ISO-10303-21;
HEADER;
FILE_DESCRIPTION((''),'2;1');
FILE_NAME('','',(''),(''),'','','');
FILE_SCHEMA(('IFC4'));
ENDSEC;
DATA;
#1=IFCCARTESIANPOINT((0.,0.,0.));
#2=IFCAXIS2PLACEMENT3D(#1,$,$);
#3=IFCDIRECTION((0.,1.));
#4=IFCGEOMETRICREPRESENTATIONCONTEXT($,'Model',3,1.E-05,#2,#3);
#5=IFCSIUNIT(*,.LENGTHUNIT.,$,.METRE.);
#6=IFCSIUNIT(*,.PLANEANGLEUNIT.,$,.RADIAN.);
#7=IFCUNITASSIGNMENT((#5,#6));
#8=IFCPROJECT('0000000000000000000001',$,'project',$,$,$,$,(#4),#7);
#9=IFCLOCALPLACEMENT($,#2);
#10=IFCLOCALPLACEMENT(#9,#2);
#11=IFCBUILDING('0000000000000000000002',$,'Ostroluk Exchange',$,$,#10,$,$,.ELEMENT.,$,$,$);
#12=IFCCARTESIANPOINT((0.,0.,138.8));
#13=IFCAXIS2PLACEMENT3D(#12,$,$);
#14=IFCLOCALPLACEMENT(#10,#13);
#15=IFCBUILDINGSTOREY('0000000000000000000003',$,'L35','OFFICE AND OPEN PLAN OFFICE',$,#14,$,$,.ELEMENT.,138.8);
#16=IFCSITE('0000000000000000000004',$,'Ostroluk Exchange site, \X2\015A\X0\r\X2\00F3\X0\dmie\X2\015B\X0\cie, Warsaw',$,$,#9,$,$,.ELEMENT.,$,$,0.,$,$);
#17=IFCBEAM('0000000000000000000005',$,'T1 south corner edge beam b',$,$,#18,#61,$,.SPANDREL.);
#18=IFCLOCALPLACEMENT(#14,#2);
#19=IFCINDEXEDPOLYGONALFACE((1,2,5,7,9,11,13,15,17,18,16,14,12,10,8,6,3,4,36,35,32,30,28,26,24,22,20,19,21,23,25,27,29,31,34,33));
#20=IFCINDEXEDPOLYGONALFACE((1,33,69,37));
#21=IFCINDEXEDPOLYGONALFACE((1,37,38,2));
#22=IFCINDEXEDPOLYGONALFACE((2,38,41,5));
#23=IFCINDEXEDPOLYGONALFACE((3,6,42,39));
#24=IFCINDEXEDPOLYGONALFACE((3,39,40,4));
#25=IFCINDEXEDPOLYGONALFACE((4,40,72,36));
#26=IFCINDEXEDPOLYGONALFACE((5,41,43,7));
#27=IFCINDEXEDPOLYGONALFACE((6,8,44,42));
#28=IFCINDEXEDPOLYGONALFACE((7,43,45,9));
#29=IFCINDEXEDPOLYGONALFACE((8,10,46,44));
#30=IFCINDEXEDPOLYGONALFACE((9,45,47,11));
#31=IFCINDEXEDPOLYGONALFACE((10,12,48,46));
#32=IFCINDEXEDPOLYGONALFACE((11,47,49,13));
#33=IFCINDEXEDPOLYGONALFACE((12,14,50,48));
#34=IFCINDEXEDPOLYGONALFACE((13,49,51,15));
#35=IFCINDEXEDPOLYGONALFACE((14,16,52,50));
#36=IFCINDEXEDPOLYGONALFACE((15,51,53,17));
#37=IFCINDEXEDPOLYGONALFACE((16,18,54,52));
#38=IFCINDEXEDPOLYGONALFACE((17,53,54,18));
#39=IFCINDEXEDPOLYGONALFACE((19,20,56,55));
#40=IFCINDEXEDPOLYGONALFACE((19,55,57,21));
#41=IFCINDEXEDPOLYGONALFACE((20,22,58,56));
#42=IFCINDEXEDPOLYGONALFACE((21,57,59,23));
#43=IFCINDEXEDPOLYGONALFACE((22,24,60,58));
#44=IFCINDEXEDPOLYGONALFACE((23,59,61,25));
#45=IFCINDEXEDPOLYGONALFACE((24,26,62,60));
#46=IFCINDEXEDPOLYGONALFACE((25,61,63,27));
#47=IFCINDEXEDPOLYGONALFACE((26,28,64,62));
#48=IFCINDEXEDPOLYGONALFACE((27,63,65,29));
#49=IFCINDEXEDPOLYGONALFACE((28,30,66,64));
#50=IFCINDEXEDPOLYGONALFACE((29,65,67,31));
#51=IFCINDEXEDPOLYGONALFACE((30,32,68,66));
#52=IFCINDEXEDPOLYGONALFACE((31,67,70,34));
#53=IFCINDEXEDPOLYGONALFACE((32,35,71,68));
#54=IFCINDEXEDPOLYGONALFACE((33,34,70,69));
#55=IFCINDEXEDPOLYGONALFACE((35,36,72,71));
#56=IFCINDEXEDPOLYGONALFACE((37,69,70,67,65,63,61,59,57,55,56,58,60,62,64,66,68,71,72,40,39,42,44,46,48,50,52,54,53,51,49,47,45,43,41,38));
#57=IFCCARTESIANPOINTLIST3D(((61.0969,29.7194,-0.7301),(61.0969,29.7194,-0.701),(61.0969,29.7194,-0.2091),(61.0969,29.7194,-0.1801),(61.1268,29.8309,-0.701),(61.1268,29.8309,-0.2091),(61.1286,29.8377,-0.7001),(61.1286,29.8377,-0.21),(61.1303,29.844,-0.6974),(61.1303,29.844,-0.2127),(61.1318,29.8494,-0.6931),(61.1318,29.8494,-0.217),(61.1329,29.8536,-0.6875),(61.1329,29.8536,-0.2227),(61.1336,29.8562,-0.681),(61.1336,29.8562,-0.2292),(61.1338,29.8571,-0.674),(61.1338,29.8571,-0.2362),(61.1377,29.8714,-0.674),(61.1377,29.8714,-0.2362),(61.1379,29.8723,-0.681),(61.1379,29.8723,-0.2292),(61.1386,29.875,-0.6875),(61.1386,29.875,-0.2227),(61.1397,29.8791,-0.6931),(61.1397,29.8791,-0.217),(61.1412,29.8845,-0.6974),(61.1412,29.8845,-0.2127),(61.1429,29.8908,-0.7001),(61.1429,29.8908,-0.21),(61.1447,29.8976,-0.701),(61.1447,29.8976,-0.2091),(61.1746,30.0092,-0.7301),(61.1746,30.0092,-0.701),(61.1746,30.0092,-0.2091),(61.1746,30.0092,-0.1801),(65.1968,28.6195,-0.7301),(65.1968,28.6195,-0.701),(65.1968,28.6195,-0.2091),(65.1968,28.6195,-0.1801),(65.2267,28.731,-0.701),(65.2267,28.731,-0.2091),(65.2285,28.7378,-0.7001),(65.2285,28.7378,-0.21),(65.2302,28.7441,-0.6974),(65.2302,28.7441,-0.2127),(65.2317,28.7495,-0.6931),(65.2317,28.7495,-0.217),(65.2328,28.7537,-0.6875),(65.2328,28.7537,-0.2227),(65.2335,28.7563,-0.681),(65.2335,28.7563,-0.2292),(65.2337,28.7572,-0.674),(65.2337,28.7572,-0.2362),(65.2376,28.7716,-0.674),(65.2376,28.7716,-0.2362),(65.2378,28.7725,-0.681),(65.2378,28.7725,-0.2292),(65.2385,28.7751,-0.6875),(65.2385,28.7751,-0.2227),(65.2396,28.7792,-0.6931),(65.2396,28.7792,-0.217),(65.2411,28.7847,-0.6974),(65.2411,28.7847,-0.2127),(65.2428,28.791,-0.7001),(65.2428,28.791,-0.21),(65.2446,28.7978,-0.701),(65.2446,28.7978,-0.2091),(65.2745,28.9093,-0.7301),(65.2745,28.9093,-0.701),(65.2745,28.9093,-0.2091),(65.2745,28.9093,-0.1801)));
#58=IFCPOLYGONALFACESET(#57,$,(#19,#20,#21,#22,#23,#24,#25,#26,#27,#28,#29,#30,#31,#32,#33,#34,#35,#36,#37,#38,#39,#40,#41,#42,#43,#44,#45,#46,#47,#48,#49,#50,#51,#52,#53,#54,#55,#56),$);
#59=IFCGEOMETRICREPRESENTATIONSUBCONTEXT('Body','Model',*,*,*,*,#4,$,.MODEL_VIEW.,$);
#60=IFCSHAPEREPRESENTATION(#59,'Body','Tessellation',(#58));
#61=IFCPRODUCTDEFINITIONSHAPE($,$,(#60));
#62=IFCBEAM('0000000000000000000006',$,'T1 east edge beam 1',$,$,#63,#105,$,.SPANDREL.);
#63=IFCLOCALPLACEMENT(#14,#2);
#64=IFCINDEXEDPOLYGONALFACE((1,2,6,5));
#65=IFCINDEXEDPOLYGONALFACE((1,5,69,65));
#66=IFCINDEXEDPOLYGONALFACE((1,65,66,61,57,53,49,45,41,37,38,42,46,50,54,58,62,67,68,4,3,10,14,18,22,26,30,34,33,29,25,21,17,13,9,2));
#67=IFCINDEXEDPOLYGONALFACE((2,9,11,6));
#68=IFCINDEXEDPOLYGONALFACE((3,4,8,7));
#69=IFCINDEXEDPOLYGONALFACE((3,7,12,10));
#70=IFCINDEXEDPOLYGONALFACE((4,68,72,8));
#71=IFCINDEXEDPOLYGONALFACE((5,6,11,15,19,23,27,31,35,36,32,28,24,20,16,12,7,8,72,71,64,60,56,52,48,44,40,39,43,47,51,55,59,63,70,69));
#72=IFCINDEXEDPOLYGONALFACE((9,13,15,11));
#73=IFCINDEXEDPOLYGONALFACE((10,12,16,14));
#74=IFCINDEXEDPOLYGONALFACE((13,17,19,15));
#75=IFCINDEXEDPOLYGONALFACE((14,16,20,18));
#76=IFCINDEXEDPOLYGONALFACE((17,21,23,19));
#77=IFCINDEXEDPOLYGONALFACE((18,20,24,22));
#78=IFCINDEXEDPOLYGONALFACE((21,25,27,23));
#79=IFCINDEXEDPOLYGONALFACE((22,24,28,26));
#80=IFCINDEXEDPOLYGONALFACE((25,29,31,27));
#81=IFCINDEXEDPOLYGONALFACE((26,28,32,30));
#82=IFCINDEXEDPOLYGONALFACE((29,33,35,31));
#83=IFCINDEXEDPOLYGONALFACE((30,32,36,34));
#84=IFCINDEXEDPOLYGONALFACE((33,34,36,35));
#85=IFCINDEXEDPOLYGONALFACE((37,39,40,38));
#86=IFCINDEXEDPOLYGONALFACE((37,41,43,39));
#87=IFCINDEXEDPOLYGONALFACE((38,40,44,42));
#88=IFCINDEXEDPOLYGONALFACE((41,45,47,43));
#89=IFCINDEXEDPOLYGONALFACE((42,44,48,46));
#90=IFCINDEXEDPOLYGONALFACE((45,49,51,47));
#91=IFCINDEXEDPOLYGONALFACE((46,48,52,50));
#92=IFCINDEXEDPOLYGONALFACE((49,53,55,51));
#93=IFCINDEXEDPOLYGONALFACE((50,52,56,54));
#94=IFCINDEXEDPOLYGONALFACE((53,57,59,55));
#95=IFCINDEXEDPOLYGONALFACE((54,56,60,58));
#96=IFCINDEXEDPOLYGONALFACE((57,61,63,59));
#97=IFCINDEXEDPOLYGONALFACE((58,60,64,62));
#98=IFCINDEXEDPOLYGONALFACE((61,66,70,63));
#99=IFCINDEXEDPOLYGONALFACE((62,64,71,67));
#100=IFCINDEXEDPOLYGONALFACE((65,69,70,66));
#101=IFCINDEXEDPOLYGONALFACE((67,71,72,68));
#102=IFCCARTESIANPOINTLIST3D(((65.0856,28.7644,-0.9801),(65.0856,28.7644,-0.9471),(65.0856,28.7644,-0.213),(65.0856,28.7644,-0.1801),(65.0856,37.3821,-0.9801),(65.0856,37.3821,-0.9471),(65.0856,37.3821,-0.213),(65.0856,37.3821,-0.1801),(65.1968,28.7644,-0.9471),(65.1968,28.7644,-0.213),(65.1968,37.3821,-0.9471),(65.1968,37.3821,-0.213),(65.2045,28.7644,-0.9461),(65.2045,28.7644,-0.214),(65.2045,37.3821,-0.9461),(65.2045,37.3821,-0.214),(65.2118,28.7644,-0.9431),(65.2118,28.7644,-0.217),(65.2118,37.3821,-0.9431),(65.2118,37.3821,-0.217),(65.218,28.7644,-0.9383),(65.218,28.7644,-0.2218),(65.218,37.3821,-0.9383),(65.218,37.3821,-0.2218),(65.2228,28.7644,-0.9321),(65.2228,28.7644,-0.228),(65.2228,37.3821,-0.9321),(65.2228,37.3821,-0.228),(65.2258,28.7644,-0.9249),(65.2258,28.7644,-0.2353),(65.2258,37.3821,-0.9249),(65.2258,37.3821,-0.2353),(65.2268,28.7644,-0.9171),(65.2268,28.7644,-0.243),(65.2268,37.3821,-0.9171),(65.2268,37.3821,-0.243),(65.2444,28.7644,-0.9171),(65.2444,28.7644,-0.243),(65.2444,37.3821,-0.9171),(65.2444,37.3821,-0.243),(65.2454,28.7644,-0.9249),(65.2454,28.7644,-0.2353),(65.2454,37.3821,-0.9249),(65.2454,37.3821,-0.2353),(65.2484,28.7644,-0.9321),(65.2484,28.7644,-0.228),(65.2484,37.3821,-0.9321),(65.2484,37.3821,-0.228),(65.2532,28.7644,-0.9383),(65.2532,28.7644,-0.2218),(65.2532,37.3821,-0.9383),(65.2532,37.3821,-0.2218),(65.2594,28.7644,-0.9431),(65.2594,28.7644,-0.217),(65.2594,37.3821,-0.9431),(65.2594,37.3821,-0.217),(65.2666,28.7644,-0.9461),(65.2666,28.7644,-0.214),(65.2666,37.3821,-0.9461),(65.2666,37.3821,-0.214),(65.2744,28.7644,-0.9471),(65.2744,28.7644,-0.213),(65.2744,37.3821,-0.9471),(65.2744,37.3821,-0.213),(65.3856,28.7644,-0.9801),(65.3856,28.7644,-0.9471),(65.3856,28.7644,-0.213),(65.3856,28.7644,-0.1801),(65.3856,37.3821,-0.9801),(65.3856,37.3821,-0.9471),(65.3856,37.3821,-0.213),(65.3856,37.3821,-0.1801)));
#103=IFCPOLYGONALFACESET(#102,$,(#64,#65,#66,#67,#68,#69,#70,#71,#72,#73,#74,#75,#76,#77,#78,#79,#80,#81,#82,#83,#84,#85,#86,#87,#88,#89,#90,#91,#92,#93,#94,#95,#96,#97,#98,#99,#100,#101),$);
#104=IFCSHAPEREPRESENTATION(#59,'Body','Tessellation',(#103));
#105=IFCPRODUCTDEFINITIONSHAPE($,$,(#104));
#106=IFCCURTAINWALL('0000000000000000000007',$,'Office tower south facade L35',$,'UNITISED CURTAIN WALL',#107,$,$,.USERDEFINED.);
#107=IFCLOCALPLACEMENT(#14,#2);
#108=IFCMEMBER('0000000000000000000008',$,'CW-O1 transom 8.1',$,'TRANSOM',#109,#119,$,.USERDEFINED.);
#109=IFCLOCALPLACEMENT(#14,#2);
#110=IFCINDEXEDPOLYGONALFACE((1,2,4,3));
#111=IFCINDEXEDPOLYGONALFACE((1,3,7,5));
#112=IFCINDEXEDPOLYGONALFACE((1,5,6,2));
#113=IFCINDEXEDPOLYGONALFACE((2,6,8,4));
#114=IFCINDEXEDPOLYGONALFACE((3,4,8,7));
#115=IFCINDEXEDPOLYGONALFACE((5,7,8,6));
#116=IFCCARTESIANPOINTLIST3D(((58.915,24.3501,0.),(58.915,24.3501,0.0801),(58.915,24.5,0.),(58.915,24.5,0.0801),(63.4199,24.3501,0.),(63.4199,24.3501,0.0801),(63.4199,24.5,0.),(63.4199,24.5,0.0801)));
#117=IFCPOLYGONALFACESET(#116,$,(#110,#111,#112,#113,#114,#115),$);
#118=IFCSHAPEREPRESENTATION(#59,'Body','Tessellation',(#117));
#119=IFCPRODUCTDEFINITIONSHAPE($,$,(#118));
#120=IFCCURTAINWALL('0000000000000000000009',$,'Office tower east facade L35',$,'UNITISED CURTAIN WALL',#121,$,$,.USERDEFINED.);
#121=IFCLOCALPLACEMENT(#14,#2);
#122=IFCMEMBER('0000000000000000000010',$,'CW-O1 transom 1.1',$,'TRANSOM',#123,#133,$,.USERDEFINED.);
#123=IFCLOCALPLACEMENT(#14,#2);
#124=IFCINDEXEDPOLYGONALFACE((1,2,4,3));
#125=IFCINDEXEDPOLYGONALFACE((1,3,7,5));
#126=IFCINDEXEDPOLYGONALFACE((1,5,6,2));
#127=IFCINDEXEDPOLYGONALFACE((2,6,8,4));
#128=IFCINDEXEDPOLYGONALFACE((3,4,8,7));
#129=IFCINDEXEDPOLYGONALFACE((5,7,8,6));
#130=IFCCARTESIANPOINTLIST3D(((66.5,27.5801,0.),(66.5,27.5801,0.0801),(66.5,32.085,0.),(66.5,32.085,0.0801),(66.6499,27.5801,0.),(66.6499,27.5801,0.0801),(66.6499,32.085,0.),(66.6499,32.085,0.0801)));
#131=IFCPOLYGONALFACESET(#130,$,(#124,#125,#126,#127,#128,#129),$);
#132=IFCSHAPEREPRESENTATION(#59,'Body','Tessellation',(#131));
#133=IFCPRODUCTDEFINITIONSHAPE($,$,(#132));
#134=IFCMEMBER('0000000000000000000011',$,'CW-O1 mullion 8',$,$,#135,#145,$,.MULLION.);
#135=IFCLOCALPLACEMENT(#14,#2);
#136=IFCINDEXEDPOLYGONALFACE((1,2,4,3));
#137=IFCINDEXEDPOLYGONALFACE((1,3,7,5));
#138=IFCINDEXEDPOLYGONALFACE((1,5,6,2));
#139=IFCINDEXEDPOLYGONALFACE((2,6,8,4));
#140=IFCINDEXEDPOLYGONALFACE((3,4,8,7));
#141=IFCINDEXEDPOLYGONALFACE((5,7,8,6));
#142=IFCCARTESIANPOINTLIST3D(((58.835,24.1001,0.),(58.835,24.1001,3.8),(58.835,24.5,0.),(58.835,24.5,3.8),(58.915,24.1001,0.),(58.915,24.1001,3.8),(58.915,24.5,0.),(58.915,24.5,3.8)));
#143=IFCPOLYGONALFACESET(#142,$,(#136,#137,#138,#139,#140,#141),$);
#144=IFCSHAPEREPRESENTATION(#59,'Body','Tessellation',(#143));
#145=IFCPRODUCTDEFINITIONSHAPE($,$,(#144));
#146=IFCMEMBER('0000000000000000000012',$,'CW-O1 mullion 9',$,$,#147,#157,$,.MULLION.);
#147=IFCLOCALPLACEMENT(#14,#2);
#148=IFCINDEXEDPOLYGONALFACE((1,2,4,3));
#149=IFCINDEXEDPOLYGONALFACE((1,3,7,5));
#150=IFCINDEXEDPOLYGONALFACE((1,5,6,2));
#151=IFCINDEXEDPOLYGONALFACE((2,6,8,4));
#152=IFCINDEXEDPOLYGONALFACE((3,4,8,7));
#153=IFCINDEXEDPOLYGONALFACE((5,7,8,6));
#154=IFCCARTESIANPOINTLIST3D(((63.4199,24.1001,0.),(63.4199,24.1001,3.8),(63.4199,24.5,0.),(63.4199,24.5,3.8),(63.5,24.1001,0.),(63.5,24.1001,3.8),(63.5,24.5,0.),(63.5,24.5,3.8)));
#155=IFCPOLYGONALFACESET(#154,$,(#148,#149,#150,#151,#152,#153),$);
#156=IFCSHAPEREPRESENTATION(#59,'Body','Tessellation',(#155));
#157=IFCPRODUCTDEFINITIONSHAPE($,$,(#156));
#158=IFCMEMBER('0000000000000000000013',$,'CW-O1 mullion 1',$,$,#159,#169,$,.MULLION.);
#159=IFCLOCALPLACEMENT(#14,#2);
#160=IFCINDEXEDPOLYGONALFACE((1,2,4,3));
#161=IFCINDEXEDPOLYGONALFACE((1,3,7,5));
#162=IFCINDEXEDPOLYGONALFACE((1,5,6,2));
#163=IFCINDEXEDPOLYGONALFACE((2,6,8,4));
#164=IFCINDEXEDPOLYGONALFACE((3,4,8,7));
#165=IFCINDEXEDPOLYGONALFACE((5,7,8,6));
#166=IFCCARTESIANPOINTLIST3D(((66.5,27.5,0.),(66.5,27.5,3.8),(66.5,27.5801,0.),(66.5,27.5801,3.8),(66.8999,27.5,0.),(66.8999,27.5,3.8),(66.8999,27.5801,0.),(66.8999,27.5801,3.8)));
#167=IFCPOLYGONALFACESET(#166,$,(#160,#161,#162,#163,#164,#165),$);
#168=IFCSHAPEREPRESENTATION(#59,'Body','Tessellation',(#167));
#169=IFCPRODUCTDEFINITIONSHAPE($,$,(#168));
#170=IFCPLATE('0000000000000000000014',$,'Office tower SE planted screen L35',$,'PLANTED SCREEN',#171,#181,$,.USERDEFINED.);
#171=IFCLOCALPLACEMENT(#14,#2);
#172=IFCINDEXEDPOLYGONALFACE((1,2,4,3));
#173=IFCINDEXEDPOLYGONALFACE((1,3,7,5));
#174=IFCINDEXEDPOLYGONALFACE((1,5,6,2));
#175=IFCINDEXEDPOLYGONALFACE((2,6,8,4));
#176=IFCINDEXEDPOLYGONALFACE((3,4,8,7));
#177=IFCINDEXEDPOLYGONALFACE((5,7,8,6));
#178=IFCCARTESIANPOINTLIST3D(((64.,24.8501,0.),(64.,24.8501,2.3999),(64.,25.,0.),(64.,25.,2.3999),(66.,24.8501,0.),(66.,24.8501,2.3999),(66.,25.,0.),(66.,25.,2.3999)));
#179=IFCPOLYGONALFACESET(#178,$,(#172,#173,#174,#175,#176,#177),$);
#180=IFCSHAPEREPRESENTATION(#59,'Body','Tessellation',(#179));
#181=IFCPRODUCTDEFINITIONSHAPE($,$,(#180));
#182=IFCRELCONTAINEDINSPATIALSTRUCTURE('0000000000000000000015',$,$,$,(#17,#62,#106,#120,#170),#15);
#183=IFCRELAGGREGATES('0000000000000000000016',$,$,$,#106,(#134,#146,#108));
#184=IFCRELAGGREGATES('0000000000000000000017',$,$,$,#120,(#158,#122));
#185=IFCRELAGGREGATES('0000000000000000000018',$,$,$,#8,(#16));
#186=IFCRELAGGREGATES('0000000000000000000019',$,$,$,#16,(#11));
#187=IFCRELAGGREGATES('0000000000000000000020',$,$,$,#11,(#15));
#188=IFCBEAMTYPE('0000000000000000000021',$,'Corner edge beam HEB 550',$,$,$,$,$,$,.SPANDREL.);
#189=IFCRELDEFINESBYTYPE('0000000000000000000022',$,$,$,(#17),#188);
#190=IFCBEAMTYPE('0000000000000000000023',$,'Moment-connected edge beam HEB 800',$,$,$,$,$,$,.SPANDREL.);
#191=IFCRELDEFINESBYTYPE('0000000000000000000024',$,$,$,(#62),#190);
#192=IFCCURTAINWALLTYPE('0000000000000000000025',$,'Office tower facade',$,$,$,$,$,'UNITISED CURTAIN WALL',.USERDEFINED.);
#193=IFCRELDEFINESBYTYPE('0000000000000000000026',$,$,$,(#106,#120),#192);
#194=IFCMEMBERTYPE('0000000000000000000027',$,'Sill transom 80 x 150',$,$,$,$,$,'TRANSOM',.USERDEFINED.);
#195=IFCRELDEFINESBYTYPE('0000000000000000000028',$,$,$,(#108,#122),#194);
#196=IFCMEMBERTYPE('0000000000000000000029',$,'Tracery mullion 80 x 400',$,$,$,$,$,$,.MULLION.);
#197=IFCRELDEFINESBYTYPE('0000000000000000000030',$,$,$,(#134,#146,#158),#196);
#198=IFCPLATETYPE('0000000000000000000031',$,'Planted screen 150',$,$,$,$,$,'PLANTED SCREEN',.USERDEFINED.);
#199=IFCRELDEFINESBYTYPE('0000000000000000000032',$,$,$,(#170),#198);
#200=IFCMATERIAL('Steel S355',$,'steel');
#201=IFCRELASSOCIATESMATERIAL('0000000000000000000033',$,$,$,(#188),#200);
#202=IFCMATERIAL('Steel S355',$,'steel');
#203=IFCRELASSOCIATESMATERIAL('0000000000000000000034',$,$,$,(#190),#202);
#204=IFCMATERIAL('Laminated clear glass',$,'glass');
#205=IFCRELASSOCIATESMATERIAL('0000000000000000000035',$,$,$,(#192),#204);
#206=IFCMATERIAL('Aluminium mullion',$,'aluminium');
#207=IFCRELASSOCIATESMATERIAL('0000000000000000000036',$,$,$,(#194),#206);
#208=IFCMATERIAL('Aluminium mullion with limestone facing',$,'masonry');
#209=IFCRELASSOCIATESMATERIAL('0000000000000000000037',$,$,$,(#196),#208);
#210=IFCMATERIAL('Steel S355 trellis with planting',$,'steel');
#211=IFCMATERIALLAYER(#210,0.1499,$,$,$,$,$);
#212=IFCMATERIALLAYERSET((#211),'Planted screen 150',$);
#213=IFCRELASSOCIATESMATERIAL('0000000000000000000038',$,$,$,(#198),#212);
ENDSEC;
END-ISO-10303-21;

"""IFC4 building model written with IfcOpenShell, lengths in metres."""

from ifc_helpers import new_model, si_unit, direction, frame, origin, origin_2d, place, context, subcontext, project, spatial, rectangle, i_section, extrude, material, layer, layer_set, material_profile, profile_set, type_object, element, aggregate, save


model = new_model("IFC4")

# Units and contexts
model_context = context("Model", 3, precision=1e-05, world=origin(), true_north=direction((0.0, 1.0)))
body_context = subcontext(model_context, "Body", "Model", "MODEL_VIEW")
ifc_project = project(units=[si_unit("LENGTHUNIT", "METRE"), si_unit("PLANEANGLEUNIT", "RADIAN")], contexts=[model_context])

# Site, building, storey
site_placement = place(None, origin())
site = spatial("IfcSite", under=ifc_project, at=site_placement, Name="Ostroluk Exchange site, Śródmieście, Warsaw", CompositionType="ELEMENT", RefElevation=0.0)
building_placement = place(site_placement, origin())
building = spatial("IfcBuilding", under=site, at=building_placement, Name="Ostroluk Exchange", CompositionType="ELEMENT")
storey_placement = place(building_placement, frame((0.0, 0.0, 138.8)))
storey = spatial("IfcBuildingStorey", under=building, at=storey_placement, Name="L35", Description="OFFICE AND OPEN PLAN OFFICE", CompositionType="ELEMENT", Elevation=138.8)

# Beams
ifc_material_1 = material(Name="Steel S355", Category="steel")
ifc_material_profile_1 = material_profile(ifc_material_1, i_section(OverallWidth=0.3, OverallDepth=0.55, WebThickness=0.0149, FlangeThickness=0.0291, FilletRadius=0.0271, at=origin_2d()), Name="HEB 550")
ifc_profile_set_1 = profile_set([ifc_material_profile_1], Name="Steel S355")
beam_type_1 = type_object("IfcBeamType", Name="Corner edge beam HEB 550", PredefinedType="SPANDREL", material=ifc_profile_set_1)
for number, where, z_axis, x_axis, name in (
    (1, (61.1357, 29.8643, -0.4551), (0.965849, -0.259105, 0.0), (0.259105, 0.965849, 0.0), "T1 south corner edge beam b"),
):
    element("IfcBeam", number, at=place(storey_placement, frame(where, z_axis=z_axis, x_axis=x_axis)), inside=storey, type_object=beam_type_1, Name=name, PredefinedType="SPANDREL", context=body_context, shape_type="SweptSolid", body=[
        extrude(i_section(OverallWidth=0.3, OverallDepth=0.55, WebThickness=0.0149, FlangeThickness=0.0291, FilletRadius=0.0271, at=origin_2d()), origin(), (0.0, 0.0, 1.0), 4.2449),
    ])
ifc_material_2 = material(Name="Steel S355", Category="steel")
ifc_material_profile_2 = material_profile(ifc_material_2, i_section(OverallWidth=0.3, OverallDepth=0.8, WebThickness=0.0176, FlangeThickness=0.033, FilletRadius=0.03, at=origin_2d()), Name="HEB 800")
ifc_profile_set_2 = profile_set([ifc_material_profile_2], Name="Steel S355")
beam_type_2 = type_object("IfcBeamType", Name="Moment-connected edge beam HEB 800", PredefinedType="SPANDREL", material=ifc_profile_set_2)
beam_1_placement = place(storey_placement, frame((65.2356, 28.7644, -0.5801), z_axis=(0.0, 1.0, 0.0), x_axis=(-1.0, 0.0, 0.0)))
element("IfcBeam", 2, at=beam_1_placement, inside=storey, type_object=beam_type_2, Name="T1 east edge beam 1", PredefinedType="SPANDREL", context=body_context, shape_type="SweptSolid", body=[
    extrude(i_section(OverallWidth=0.3, OverallDepth=0.8, WebThickness=0.0176, FlangeThickness=0.033, FilletRadius=0.03, at=origin_2d()), origin(), (0.0, 0.0, 1.0), 8.6177),
])

# Curtain walls, members
ifc_material_3 = material(Name="Laminated clear glass", Category="glass")
curtain_wall_type = type_object("IfcCurtainWallType", Name="Office tower facade", ElementType="UNITISED CURTAIN WALL", PredefinedType="USERDEFINED", material=ifc_material_3)
curtain_wall_1_placement = place(storey_placement, origin())
curtain_wall_1 = element("IfcCurtainWall", 3, at=curtain_wall_1_placement, inside=storey, type_object=curtain_wall_type, Name="Office tower south facade L35", ObjectType="UNITISED CURTAIN WALL", PredefinedType="USERDEFINED")
ifc_material_4 = material(Name="Aluminium mullion", Category="aluminium")
ifc_material_profile_3 = material_profile(ifc_material_4, rectangle(XDim=0.1499, YDim=0.0801, at=origin_2d()), Name="Sill transom 80 x 150")
ifc_profile_set_3 = profile_set([ifc_material_profile_3], Name="Aluminium mullion")
member_type_1 = type_object("IfcMemberType", Name="Sill transom 80 x 150", ElementType="TRANSOM", PredefinedType="USERDEFINED", material=ifc_profile_set_3)
member_1_placement = place(storey_placement, frame((58.915, 24.425, 0.04), z_axis=(1.0, 0.0, 0.0), x_axis=(0.0, 1.0, 0.0)))
member_1 = element("IfcMember", 4, at=member_1_placement, type_object=member_type_1, Name="CW-O1 transom 8.1", ObjectType="TRANSOM", PredefinedType="USERDEFINED", context=body_context, shape_type="SweptSolid", body=[
    extrude(rectangle(XDim=0.1499, YDim=0.0801, at=origin_2d()), origin(), (0.0, 0.0, 1.0), 4.5049),
])
curtain_wall_2_placement = place(storey_placement, origin())
curtain_wall_2 = element("IfcCurtainWall", 5, at=curtain_wall_2_placement, inside=storey, type_object=curtain_wall_type, Name="Office tower east facade L35", ObjectType="UNITISED CURTAIN WALL", PredefinedType="USERDEFINED")
member_2_placement = place(storey_placement, frame((66.575, 27.5801, 0.04), z_axis=(0.0, 1.0, 0.0), x_axis=(-1.0, 0.0, 0.0)))
member_2 = element("IfcMember", 6, at=member_2_placement, type_object=member_type_1, Name="CW-O1 transom 1.1", ObjectType="TRANSOM", PredefinedType="USERDEFINED", context=body_context, shape_type="SweptSolid", body=[
    extrude(rectangle(XDim=0.1499, YDim=0.0801, at=origin_2d()), origin(), (0.0, 0.0, 1.0), 4.5049),
])

# Members
ifc_material_5 = material(Name="Aluminium mullion with limestone facing", Category="masonry")
ifc_material_profile_4 = material_profile(ifc_material_5, rectangle(XDim=0.3999, YDim=0.0801, at=origin_2d()), Name="Tracery mullion 80 x 400")
ifc_profile_set_4 = profile_set([ifc_material_profile_4], Name="Aluminium mullion with limestone facing")
member_type_2 = type_object("IfcMemberType", Name="Tracery mullion 80 x 400", PredefinedType="MULLION", material=ifc_profile_set_4)
member_3_placement = place(storey_placement, frame((58.875, 24.3, 0.0), z_axis=(0.0, 0.0, 1.0), x_axis=(0.0, 1.0, 0.0)))
member_3 = element("IfcMember", 7, at=member_3_placement, type_object=member_type_2, Name="CW-O1 mullion 8", PredefinedType="MULLION", context=body_context, shape_type="SweptSolid", body=[
    extrude(rectangle(XDim=0.3999, YDim=0.0801, at=origin_2d()), origin(), (0.0, 0.0, 1.0), 3.8),
])
member_4_placement = place(storey_placement, frame((63.46, 24.3, 0.0), z_axis=(0.0, 0.0, 1.0), x_axis=(0.0, 1.0, 0.0)))
member_4 = element("IfcMember", 8, at=member_4_placement, type_object=member_type_2, Name="CW-O1 mullion 9", PredefinedType="MULLION", context=body_context, shape_type="SweptSolid", body=[
    extrude(rectangle(XDim=0.3999, YDim=0.0801, at=origin_2d()), origin(), (0.0, 0.0, 1.0), 3.8),
])
member_5_placement = place(storey_placement, frame((66.7, 27.54, 0.0), z_axis=(0.0, 0.0, 1.0), x_axis=(-1.0, 0.0, 0.0)))
member_5 = element("IfcMember", 9, at=member_5_placement, type_object=member_type_2, Name="CW-O1 mullion 1", PredefinedType="MULLION", context=body_context, shape_type="SweptSolid", body=[
    extrude(rectangle(XDim=0.3999, YDim=0.0801, at=origin_2d()), origin(), (0.0, 0.0, 1.0), 3.8),
])

# Plate
ifc_material_6 = material(Name="Steel S355 trellis with planting", Category="steel")
ifc_layer_1 = layer(ifc_material_6, 0.1499)
ifc_layer_set_1 = layer_set([ifc_layer_1], Name="Planted screen 150")
plate_type_1 = type_object("IfcPlateType", Name="Planted screen 150", ElementType="PLANTED SCREEN", PredefinedType="USERDEFINED", material=ifc_layer_set_1)
plate_1_placement = place(storey_placement, frame((65.0, 24.925, 0.0), z_axis=(0.0, 0.0, 1.0), x_axis=(1.0, 0.0, 0.0)))
element("IfcPlate", 10, at=plate_1_placement, inside=storey, type_object=plate_type_1, Name="Office tower SE planted screen L35", ObjectType="PLANTED SCREEN", PredefinedType="USERDEFINED", context=body_context, shape_type="SweptSolid", body=[
    extrude(rectangle(XDim=2.0, YDim=0.1499, at=origin_2d()), origin(), (0.0, 0.0, 1.0), 2.3999),
])
aggregate(curtain_wall_1, [member_3, member_4, member_1])
aggregate(curtain_wall_2, [member_5, member_2])

save(model, "model.ifc")
